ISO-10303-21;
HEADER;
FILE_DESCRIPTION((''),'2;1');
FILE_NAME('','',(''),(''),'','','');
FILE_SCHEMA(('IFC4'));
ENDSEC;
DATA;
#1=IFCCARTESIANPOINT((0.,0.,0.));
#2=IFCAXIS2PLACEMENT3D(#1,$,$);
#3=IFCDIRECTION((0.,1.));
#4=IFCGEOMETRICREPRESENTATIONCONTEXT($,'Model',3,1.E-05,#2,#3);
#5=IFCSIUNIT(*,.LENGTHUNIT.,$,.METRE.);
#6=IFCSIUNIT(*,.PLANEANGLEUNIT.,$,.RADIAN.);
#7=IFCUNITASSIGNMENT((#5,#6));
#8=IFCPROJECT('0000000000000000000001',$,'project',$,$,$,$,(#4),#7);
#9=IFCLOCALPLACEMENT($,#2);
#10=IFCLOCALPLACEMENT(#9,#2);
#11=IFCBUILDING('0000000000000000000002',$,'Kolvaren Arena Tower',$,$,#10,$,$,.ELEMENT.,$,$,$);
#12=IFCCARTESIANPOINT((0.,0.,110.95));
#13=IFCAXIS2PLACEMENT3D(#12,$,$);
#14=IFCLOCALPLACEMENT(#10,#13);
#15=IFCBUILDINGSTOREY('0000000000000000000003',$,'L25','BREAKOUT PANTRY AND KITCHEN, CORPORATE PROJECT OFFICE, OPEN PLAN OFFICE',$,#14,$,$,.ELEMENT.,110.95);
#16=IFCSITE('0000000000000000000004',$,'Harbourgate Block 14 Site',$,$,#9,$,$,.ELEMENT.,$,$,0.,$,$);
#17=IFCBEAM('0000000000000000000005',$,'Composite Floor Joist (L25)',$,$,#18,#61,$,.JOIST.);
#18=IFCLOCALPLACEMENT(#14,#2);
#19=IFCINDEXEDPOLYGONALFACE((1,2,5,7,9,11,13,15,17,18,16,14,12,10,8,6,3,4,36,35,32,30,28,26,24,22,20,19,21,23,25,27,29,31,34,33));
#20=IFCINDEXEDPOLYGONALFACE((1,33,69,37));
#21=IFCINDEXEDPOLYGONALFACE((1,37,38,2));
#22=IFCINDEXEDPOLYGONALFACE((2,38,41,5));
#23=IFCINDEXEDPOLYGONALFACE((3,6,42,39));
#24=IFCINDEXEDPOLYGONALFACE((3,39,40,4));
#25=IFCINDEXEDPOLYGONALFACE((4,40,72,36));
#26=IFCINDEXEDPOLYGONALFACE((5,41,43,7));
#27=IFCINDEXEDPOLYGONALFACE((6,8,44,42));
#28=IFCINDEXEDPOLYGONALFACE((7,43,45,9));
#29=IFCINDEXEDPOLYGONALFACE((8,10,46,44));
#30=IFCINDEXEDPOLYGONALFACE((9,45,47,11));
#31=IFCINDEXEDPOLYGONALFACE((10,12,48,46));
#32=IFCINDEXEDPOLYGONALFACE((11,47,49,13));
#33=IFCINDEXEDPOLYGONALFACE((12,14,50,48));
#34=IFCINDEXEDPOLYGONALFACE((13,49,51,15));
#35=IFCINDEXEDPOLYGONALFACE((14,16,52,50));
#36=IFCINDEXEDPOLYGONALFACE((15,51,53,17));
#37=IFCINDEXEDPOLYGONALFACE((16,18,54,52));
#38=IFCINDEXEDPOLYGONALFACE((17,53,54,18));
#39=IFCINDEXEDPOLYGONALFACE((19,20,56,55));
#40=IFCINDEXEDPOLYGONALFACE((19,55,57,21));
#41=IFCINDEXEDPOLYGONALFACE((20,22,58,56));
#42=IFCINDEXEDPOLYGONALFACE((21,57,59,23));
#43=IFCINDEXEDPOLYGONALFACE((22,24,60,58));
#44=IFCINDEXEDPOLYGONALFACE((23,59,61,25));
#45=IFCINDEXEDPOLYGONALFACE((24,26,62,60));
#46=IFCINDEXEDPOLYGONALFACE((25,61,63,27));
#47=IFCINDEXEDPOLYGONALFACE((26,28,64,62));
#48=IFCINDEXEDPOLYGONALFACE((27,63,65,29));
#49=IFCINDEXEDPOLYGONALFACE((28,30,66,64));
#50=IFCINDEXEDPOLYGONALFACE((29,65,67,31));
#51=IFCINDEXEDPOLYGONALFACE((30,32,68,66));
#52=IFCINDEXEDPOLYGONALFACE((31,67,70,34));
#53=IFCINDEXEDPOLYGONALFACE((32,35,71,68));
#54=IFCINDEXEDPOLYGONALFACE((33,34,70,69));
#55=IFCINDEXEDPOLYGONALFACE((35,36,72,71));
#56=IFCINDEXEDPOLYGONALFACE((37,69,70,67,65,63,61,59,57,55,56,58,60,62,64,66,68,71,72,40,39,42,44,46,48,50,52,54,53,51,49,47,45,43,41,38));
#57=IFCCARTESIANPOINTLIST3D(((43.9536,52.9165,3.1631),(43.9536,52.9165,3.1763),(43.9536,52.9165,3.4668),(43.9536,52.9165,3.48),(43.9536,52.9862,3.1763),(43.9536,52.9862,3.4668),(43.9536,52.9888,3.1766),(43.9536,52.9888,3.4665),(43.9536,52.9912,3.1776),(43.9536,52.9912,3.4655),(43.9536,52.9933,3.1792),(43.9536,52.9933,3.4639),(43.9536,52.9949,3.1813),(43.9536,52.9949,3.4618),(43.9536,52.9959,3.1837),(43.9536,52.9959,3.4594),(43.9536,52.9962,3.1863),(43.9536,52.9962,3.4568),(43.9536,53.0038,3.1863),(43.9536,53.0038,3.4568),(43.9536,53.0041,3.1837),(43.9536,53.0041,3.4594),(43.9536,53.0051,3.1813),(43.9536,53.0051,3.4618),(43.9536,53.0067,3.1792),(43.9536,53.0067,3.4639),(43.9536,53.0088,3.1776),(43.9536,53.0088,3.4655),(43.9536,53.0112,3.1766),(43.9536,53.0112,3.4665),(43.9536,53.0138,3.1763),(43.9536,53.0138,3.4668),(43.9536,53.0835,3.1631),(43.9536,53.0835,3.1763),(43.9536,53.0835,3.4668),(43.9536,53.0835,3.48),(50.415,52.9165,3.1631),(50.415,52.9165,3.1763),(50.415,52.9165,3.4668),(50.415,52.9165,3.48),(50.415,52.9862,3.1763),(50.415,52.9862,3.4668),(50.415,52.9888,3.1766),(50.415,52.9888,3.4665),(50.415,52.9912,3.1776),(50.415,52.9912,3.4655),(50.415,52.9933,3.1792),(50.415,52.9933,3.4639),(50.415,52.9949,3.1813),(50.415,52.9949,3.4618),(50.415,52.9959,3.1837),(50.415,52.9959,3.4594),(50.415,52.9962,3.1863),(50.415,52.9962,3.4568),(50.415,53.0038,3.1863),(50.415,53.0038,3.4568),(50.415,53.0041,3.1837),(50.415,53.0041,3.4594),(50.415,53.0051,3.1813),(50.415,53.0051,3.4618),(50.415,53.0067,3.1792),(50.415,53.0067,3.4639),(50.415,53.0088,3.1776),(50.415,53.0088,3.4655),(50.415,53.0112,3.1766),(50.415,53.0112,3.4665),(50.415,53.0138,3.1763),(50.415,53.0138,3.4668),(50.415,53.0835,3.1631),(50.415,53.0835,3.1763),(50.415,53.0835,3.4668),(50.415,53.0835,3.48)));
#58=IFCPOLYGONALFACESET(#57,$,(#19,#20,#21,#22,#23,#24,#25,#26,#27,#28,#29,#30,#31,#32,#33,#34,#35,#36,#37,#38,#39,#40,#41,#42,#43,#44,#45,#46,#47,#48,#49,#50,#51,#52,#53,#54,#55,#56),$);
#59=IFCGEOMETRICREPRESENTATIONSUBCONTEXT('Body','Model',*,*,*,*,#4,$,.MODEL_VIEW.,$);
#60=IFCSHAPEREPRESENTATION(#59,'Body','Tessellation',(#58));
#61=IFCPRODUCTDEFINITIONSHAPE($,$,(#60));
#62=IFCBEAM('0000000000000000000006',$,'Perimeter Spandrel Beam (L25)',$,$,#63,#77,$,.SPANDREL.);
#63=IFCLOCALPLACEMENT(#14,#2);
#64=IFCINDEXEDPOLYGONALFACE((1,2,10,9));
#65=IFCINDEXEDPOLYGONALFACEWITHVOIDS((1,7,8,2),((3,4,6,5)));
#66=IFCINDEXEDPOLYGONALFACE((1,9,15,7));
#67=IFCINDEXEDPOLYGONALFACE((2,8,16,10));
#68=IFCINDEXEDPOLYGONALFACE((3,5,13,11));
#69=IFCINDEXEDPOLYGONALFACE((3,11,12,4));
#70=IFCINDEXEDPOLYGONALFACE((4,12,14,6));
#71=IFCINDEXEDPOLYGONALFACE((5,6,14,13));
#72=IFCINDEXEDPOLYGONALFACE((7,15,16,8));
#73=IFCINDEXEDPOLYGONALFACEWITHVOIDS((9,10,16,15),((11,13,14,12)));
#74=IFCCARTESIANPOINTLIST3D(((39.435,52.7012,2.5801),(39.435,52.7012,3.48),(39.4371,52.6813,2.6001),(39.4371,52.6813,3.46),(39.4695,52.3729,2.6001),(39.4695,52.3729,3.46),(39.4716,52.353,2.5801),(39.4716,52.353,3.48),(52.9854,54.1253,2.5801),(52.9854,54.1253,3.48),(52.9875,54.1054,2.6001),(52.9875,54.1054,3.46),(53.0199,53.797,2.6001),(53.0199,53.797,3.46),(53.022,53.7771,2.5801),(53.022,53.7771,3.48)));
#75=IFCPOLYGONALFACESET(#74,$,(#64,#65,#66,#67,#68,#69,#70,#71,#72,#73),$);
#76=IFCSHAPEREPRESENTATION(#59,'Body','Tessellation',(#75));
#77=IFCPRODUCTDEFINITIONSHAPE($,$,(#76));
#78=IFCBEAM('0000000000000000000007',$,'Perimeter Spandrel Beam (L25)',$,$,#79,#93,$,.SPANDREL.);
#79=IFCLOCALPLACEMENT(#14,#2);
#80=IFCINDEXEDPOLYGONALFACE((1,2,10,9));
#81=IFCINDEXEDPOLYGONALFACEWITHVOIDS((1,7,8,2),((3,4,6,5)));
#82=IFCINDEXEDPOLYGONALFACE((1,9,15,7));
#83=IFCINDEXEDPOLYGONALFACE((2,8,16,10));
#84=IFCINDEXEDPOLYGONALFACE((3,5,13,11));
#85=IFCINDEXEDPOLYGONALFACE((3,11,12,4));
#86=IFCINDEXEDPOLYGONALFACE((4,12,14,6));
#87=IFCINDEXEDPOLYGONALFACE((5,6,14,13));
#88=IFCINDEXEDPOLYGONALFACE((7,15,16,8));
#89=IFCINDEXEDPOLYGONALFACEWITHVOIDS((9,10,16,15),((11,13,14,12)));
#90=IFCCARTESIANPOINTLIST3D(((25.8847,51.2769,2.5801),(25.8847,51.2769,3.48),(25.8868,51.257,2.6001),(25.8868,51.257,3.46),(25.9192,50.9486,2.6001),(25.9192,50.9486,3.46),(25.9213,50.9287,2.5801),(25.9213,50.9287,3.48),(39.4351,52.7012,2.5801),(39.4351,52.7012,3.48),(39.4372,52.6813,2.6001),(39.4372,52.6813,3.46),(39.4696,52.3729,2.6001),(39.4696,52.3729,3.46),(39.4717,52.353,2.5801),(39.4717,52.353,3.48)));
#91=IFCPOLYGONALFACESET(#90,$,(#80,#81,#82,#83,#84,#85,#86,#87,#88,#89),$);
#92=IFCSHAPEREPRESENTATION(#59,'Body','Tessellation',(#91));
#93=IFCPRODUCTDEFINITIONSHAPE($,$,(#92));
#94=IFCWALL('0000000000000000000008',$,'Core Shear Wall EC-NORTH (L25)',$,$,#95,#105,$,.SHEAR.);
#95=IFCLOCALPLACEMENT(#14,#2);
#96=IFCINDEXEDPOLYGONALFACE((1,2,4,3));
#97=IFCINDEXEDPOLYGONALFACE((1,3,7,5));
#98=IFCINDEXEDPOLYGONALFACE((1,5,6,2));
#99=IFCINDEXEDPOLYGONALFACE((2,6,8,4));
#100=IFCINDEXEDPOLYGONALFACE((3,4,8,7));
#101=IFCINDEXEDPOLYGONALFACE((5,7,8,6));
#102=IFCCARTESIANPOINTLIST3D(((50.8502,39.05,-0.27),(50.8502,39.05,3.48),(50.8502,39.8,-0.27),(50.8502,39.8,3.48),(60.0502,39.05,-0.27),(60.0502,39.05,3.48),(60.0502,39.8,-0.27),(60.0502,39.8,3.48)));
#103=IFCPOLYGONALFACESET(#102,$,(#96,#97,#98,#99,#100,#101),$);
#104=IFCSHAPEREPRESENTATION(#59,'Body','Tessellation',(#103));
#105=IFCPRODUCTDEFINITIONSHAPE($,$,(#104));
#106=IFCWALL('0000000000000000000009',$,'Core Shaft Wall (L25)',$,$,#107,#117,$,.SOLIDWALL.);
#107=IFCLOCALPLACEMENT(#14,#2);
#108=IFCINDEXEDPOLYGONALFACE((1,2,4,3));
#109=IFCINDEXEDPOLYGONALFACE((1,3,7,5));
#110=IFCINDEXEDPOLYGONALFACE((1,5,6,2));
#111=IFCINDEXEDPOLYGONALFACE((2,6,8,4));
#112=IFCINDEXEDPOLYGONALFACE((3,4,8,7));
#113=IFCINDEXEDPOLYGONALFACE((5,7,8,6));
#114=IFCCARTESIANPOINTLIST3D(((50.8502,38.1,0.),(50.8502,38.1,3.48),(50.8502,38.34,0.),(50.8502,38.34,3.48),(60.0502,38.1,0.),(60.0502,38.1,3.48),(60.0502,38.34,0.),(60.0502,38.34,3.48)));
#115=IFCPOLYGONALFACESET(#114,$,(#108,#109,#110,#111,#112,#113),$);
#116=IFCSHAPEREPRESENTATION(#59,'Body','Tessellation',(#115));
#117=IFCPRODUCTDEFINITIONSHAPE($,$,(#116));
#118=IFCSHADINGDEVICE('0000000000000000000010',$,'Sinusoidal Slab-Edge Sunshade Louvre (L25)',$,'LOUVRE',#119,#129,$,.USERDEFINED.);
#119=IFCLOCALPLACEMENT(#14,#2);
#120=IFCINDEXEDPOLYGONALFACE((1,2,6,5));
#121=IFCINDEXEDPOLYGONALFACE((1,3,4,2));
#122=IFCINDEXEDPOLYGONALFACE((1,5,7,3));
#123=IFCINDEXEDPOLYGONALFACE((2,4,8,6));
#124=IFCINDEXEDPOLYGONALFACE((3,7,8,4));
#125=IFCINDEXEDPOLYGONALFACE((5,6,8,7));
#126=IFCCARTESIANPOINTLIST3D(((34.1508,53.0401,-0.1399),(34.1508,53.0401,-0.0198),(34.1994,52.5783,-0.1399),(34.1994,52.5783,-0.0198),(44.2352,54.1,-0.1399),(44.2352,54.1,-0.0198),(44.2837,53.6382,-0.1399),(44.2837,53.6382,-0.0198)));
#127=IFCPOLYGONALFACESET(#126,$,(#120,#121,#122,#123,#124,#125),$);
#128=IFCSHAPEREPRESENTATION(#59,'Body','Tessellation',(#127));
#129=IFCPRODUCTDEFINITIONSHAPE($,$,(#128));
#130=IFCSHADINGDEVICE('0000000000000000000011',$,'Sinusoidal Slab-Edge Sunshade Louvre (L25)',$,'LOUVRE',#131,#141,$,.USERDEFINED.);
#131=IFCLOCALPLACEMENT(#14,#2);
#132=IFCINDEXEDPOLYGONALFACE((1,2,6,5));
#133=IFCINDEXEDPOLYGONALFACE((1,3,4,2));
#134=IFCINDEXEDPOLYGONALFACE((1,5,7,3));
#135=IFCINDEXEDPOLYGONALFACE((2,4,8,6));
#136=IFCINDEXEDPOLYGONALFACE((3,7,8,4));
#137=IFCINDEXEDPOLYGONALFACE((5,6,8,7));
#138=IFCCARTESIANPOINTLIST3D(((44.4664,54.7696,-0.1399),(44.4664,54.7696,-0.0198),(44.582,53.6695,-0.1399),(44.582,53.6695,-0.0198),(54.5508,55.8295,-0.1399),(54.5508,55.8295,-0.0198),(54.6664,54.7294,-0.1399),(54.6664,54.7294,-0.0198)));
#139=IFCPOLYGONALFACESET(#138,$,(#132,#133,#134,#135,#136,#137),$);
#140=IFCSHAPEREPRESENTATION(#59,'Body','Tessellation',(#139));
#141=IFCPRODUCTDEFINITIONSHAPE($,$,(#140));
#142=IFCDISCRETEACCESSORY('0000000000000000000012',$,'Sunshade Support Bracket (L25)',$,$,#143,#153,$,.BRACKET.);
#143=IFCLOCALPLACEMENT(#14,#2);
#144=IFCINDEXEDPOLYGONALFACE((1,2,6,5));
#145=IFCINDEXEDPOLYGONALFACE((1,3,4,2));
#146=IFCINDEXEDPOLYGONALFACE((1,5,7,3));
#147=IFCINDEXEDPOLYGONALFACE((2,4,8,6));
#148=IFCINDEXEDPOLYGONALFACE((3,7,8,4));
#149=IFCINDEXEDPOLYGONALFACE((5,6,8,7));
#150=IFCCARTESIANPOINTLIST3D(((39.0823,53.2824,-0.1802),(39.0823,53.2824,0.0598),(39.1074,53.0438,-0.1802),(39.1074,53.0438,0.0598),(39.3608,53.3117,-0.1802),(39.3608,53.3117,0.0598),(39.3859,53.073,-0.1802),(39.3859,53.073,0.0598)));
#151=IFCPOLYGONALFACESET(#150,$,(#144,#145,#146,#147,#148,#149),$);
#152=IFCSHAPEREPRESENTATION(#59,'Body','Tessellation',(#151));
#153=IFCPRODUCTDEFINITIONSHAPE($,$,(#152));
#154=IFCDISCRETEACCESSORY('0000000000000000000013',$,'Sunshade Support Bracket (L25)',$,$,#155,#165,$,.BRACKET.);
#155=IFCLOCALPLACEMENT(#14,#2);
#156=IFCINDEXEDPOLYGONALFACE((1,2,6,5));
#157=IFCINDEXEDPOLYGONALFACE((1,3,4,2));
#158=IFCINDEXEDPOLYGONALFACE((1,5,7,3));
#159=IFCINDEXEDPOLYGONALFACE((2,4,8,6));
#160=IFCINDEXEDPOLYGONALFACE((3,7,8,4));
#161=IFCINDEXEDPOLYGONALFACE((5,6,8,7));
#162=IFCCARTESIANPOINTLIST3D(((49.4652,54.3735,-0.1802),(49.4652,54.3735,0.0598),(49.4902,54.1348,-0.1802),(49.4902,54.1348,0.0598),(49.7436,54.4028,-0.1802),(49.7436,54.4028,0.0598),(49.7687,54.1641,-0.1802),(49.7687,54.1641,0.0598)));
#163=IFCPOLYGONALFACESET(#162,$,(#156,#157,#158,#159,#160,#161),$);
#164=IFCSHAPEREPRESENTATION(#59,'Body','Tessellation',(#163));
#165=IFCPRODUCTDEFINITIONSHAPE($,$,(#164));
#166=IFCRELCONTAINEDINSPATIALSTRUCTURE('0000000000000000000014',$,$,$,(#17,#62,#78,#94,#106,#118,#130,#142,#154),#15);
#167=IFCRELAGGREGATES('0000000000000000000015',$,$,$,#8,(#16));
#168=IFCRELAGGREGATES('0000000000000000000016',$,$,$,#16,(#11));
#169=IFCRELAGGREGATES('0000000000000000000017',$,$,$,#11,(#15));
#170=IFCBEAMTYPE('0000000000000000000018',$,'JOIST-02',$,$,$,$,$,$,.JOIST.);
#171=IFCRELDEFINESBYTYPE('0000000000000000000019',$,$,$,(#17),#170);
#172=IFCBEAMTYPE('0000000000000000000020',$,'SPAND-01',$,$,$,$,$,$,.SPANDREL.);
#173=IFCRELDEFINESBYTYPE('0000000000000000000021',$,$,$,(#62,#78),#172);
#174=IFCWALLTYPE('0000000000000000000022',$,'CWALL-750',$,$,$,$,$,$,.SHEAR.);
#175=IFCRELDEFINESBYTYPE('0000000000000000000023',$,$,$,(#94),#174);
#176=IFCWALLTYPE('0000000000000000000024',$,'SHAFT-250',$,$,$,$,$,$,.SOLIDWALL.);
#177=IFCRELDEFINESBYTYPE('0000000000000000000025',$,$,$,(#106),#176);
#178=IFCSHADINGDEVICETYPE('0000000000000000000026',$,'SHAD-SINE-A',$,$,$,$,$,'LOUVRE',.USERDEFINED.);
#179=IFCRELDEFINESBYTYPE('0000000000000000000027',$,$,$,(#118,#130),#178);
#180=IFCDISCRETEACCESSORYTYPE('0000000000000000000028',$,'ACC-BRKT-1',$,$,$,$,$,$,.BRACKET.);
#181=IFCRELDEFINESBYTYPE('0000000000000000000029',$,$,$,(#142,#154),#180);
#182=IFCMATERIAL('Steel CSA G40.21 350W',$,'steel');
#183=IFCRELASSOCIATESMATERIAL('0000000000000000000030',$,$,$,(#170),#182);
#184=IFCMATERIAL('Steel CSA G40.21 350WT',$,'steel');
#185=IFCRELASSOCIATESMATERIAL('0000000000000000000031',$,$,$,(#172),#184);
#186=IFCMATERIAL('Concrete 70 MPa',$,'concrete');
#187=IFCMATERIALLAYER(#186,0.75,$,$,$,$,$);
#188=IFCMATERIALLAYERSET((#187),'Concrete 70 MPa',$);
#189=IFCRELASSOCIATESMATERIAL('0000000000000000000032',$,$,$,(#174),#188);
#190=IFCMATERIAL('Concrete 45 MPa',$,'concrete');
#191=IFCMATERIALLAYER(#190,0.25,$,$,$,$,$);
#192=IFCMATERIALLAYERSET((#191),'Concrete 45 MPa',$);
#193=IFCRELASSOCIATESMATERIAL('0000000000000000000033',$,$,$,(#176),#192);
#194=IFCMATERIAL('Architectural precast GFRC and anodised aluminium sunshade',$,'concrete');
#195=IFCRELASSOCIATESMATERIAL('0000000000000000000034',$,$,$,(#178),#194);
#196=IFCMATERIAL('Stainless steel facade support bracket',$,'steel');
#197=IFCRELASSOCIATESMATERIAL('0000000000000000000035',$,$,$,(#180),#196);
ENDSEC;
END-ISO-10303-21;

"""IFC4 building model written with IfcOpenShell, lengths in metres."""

from ifc_helpers import new_model, si_unit, direction, frame, frame_2d, origin, origin_2d, place, context, subcontext, project, spatial, rectangle, hollow_rectangle, i_section, extrude, material, layer, layer_set, material_profile, profile_set, type_object, element, save


model = new_model("IFC4")

# Units and contexts
model_context = context("Model", 3, precision=1e-05, world=origin(), true_north=direction((0.0, 1.0)))
body_context = subcontext(model_context, "Body", "Model", "MODEL_VIEW")
ifc_project = project(units=[si_unit("LENGTHUNIT", "METRE"), si_unit("PLANEANGLEUNIT", "RADIAN")], contexts=[model_context])

# Site, building, storey
site_placement = place(None, origin())
site = spatial("IfcSite", under=ifc_project, at=site_placement, Name="Harbourgate Block 14 Site", CompositionType="ELEMENT", RefElevation=0.0)
building_placement = place(site_placement, origin())
building = spatial("IfcBuilding", under=site, at=building_placement, Name="Kolvaren Arena Tower", CompositionType="ELEMENT")
storey_placement = place(building_placement, frame((0.0, 0.0, 110.95)))
storey = spatial("IfcBuildingStorey", under=building, at=storey_placement, Name="L25", Description="BREAKOUT PANTRY AND KITCHEN, CORPORATE PROJECT OFFICE, OPEN PLAN OFFICE", CompositionType="ELEMENT", Elevation=110.95)

# Beams
ifc_material_1 = material(Name="Steel CSA G40.21 350W", Category="steel")
ifc_material_profile_1 = material_profile(ifc_material_1, i_section(OverallWidth=0.167, OverallDepth=0.3169, WebThickness=0.0076, FlangeThickness=0.0132, FilletRadius=0.01, at=origin_2d()), Name="W310x52")
ifc_profile_set_1 = profile_set([ifc_material_profile_1], Name="Steel CSA G40.21 350W")
beam_type_1 = type_object("IfcBeamType", Name="JOIST-02", PredefinedType="JOIST", material=ifc_profile_set_1)
beam_1_placement = place(storey_placement, frame((43.9536, 53.0, 3.3215), z_axis=(1.0, 0.0, 0.0), x_axis=(0.0, 1.0, 0.0)))
element("IfcBeam", 1, at=beam_1_placement, inside=storey, type_object=beam_type_1, Name="Composite Floor Joist (L25)", PredefinedType="JOIST", context=body_context, shape_type="SweptSolid", body=[
    extrude(i_section(OverallWidth=0.167, OverallDepth=0.3169, WebThickness=0.0076, FlangeThickness=0.0132, FilletRadius=0.01, at=origin_2d()), origin(), (0.0, 0.0, 1.0), 6.4614),
])
ifc_material_2 = material(Name="Steel CSA G40.21 350WT", Category="steel")
ifc_material_profile_2 = material_profile(ifc_material_2, hollow_rectangle(XDim=0.3501, YDim=0.8999, WallThickness=0.02, at=origin_2d()), Name="HSS 900x350x20")
ifc_profile_set_2 = profile_set([ifc_material_profile_2], Name="Steel CSA G40.21 350WT")
beam_type_2 = type_object("IfcBeamType", Name="SPAND-01", PredefinedType="SPANDREL", material=ifc_profile_set_2)
for number, where, z_axis, x_axis, name in (
    (2, (53.0037, 53.9512, 3.03), (-0.994523, -0.10452, 0.0), (0.10452, -0.994523, 0.0), "Perimeter Spandrel Beam (L25)"),
    (3, (39.4534, 52.5271, 3.03), (-0.994521, -0.104537, 0.0), (0.104537, -0.994521, 0.0), "Perimeter Spandrel Beam (L25)"),
):
    element("IfcBeam", number, at=place(storey_placement, frame(where, z_axis=z_axis, x_axis=x_axis)), inside=storey, type_object=beam_type_2, Name=name, PredefinedType="SPANDREL", context=body_context, shape_type="SweptSolid", body=[
        extrude(hollow_rectangle(XDim=0.3501, YDim=0.8999, WallThickness=0.02, at=origin_2d()), origin(), (0.0, 0.0, 1.0), 13.625),
    ])

# Walls
ifc_material_3 = material(Name="Concrete 70 MPa", Category="concrete")
ifc_layer_1 = layer(ifc_material_3, 0.75)
ifc_layer_set_1 = layer_set([ifc_layer_1], Name="Concrete 70 MPa")
wall_type_1 = type_object("IfcWallType", Name="CWALL-750", PredefinedType="SHEAR", material=ifc_layer_set_1)
wall_1_placement = place(storey_placement, frame((50.8501, 39.425, -0.27), z_axis=(0.0, 0.0, 1.0), x_axis=(1.0, 0.0, 0.0)))
element("IfcWall", 4, at=wall_1_placement, inside=storey, type_object=wall_type_1, Name="Core Shear Wall EC-NORTH (L25)", PredefinedType="SHEAR", context=body_context, shape_type="SweptSolid", body=[
    extrude(rectangle(XDim=9.2, YDim=0.75, at=frame_2d((4.6001, 0.0))), origin(), (0.0, 0.0, 1.0), 3.75),
])
ifc_material_4 = material(Name="Concrete 45 MPa", Category="concrete")
ifc_layer_2 = layer(ifc_material_4, 0.25)
ifc_layer_set_2 = layer_set([ifc_layer_2], Name="Concrete 45 MPa")
wall_type_2 = type_object("IfcWallType", Name="SHAFT-250", PredefinedType="SOLIDWALL", material=ifc_layer_set_2)
wall_2_placement = place(storey_placement, frame((50.8501, 38.22, 0.0), z_axis=(0.0, 0.0, 1.0), x_axis=(1.0, 0.0, 0.0)))
element("IfcWall", 5, at=wall_2_placement, inside=storey, type_object=wall_type_2, Name="Core Shaft Wall (L25)", PredefinedType="SOLIDWALL", context=body_context, shape_type="SweptSolid", body=[
    extrude(rectangle(XDim=9.2, YDim=0.24, at=frame_2d((4.6001, 0.0))), origin(), (0.0, 0.0, 1.0), 3.48),
])

# Shading devices
ifc_material_5 = material(Name="Architectural precast GFRC and anodised aluminium sunshade", Category="concrete")
shading_device_type = type_object("IfcShadingDeviceType", Name="SHAD-SINE-A", ElementType="LOUVRE", PredefinedType="USERDEFINED", material=ifc_material_5)
shading_device_1_placement = place(storey_placement, frame((39.2173, 53.3391, -0.1399), z_axis=(0.0, 0.0, 1.0), x_axis=(0.994522, 0.104527, 0.0)))
element("IfcShadingDevice", 6, at=shading_device_1_placement, inside=storey, type_object=shading_device_type, Name="Sinusoidal Slab-Edge Sunshade Louvre (L25)", ObjectType="LOUVRE", PredefinedType="USERDEFINED", context=body_context, shape_type="SweptSolid", body=[
    extrude(rectangle(XDim=10.1399, YDim=0.4644, at=origin_2d()), origin(), (0.0, 0.0, 1.0), 0.1201),
])
shading_device_2_placement = place(storey_placement, frame((49.5664, 54.7495, -0.1399), z_axis=(0.0, 0.0, 1.0), x_axis=(0.994522, 0.104527, 0.0)))
element("IfcShadingDevice", 7, at=shading_device_2_placement, inside=storey, type_object=shading_device_type, Name="Sinusoidal Slab-Edge Sunshade Louvre (L25)", ObjectType="LOUVRE", PredefinedType="USERDEFINED", context=body_context, shape_type="SweptSolid", body=[
    extrude(rectangle(XDim=10.1399, YDim=1.1062, at=origin_2d()), origin(), (0.0, 0.0, 1.0), 0.1201),
])

# Discrete accessories
ifc_material_6 = material(Name="Stainless steel facade support bracket", Category="steel")
discrete_accessory_type = type_object("IfcDiscreteAccessoryType", Name="ACC-BRKT-1", PredefinedType="BRACKET", material=ifc_material_6)
for number, where, z_axis, x_axis, name in (
    (8, (39.2341, 53.1777, -0.1802), (0.0, 0.0, 1.0), (0.994522, 0.104527, 0.0), "Sunshade Support Bracket (L25)"),
    (9, (49.6169, 54.2688, -0.1802), (0.0, 0.0, 1.0), (0.994522, 0.104527, 0.0), "Sunshade Support Bracket (L25)"),
):
    element("IfcDiscreteAccessory", number, at=place(storey_placement, frame(where, z_axis=z_axis, x_axis=x_axis)), inside=storey, type_object=discrete_accessory_type, Name=name, PredefinedType="BRACKET", context=body_context, shape_type="SweptSolid", body=[
        extrude(rectangle(XDim=0.28, YDim=0.24, at=origin_2d()), origin(), (0.0, 0.0, 1.0), 0.24),
    ])

save(model, "model.ifc")
